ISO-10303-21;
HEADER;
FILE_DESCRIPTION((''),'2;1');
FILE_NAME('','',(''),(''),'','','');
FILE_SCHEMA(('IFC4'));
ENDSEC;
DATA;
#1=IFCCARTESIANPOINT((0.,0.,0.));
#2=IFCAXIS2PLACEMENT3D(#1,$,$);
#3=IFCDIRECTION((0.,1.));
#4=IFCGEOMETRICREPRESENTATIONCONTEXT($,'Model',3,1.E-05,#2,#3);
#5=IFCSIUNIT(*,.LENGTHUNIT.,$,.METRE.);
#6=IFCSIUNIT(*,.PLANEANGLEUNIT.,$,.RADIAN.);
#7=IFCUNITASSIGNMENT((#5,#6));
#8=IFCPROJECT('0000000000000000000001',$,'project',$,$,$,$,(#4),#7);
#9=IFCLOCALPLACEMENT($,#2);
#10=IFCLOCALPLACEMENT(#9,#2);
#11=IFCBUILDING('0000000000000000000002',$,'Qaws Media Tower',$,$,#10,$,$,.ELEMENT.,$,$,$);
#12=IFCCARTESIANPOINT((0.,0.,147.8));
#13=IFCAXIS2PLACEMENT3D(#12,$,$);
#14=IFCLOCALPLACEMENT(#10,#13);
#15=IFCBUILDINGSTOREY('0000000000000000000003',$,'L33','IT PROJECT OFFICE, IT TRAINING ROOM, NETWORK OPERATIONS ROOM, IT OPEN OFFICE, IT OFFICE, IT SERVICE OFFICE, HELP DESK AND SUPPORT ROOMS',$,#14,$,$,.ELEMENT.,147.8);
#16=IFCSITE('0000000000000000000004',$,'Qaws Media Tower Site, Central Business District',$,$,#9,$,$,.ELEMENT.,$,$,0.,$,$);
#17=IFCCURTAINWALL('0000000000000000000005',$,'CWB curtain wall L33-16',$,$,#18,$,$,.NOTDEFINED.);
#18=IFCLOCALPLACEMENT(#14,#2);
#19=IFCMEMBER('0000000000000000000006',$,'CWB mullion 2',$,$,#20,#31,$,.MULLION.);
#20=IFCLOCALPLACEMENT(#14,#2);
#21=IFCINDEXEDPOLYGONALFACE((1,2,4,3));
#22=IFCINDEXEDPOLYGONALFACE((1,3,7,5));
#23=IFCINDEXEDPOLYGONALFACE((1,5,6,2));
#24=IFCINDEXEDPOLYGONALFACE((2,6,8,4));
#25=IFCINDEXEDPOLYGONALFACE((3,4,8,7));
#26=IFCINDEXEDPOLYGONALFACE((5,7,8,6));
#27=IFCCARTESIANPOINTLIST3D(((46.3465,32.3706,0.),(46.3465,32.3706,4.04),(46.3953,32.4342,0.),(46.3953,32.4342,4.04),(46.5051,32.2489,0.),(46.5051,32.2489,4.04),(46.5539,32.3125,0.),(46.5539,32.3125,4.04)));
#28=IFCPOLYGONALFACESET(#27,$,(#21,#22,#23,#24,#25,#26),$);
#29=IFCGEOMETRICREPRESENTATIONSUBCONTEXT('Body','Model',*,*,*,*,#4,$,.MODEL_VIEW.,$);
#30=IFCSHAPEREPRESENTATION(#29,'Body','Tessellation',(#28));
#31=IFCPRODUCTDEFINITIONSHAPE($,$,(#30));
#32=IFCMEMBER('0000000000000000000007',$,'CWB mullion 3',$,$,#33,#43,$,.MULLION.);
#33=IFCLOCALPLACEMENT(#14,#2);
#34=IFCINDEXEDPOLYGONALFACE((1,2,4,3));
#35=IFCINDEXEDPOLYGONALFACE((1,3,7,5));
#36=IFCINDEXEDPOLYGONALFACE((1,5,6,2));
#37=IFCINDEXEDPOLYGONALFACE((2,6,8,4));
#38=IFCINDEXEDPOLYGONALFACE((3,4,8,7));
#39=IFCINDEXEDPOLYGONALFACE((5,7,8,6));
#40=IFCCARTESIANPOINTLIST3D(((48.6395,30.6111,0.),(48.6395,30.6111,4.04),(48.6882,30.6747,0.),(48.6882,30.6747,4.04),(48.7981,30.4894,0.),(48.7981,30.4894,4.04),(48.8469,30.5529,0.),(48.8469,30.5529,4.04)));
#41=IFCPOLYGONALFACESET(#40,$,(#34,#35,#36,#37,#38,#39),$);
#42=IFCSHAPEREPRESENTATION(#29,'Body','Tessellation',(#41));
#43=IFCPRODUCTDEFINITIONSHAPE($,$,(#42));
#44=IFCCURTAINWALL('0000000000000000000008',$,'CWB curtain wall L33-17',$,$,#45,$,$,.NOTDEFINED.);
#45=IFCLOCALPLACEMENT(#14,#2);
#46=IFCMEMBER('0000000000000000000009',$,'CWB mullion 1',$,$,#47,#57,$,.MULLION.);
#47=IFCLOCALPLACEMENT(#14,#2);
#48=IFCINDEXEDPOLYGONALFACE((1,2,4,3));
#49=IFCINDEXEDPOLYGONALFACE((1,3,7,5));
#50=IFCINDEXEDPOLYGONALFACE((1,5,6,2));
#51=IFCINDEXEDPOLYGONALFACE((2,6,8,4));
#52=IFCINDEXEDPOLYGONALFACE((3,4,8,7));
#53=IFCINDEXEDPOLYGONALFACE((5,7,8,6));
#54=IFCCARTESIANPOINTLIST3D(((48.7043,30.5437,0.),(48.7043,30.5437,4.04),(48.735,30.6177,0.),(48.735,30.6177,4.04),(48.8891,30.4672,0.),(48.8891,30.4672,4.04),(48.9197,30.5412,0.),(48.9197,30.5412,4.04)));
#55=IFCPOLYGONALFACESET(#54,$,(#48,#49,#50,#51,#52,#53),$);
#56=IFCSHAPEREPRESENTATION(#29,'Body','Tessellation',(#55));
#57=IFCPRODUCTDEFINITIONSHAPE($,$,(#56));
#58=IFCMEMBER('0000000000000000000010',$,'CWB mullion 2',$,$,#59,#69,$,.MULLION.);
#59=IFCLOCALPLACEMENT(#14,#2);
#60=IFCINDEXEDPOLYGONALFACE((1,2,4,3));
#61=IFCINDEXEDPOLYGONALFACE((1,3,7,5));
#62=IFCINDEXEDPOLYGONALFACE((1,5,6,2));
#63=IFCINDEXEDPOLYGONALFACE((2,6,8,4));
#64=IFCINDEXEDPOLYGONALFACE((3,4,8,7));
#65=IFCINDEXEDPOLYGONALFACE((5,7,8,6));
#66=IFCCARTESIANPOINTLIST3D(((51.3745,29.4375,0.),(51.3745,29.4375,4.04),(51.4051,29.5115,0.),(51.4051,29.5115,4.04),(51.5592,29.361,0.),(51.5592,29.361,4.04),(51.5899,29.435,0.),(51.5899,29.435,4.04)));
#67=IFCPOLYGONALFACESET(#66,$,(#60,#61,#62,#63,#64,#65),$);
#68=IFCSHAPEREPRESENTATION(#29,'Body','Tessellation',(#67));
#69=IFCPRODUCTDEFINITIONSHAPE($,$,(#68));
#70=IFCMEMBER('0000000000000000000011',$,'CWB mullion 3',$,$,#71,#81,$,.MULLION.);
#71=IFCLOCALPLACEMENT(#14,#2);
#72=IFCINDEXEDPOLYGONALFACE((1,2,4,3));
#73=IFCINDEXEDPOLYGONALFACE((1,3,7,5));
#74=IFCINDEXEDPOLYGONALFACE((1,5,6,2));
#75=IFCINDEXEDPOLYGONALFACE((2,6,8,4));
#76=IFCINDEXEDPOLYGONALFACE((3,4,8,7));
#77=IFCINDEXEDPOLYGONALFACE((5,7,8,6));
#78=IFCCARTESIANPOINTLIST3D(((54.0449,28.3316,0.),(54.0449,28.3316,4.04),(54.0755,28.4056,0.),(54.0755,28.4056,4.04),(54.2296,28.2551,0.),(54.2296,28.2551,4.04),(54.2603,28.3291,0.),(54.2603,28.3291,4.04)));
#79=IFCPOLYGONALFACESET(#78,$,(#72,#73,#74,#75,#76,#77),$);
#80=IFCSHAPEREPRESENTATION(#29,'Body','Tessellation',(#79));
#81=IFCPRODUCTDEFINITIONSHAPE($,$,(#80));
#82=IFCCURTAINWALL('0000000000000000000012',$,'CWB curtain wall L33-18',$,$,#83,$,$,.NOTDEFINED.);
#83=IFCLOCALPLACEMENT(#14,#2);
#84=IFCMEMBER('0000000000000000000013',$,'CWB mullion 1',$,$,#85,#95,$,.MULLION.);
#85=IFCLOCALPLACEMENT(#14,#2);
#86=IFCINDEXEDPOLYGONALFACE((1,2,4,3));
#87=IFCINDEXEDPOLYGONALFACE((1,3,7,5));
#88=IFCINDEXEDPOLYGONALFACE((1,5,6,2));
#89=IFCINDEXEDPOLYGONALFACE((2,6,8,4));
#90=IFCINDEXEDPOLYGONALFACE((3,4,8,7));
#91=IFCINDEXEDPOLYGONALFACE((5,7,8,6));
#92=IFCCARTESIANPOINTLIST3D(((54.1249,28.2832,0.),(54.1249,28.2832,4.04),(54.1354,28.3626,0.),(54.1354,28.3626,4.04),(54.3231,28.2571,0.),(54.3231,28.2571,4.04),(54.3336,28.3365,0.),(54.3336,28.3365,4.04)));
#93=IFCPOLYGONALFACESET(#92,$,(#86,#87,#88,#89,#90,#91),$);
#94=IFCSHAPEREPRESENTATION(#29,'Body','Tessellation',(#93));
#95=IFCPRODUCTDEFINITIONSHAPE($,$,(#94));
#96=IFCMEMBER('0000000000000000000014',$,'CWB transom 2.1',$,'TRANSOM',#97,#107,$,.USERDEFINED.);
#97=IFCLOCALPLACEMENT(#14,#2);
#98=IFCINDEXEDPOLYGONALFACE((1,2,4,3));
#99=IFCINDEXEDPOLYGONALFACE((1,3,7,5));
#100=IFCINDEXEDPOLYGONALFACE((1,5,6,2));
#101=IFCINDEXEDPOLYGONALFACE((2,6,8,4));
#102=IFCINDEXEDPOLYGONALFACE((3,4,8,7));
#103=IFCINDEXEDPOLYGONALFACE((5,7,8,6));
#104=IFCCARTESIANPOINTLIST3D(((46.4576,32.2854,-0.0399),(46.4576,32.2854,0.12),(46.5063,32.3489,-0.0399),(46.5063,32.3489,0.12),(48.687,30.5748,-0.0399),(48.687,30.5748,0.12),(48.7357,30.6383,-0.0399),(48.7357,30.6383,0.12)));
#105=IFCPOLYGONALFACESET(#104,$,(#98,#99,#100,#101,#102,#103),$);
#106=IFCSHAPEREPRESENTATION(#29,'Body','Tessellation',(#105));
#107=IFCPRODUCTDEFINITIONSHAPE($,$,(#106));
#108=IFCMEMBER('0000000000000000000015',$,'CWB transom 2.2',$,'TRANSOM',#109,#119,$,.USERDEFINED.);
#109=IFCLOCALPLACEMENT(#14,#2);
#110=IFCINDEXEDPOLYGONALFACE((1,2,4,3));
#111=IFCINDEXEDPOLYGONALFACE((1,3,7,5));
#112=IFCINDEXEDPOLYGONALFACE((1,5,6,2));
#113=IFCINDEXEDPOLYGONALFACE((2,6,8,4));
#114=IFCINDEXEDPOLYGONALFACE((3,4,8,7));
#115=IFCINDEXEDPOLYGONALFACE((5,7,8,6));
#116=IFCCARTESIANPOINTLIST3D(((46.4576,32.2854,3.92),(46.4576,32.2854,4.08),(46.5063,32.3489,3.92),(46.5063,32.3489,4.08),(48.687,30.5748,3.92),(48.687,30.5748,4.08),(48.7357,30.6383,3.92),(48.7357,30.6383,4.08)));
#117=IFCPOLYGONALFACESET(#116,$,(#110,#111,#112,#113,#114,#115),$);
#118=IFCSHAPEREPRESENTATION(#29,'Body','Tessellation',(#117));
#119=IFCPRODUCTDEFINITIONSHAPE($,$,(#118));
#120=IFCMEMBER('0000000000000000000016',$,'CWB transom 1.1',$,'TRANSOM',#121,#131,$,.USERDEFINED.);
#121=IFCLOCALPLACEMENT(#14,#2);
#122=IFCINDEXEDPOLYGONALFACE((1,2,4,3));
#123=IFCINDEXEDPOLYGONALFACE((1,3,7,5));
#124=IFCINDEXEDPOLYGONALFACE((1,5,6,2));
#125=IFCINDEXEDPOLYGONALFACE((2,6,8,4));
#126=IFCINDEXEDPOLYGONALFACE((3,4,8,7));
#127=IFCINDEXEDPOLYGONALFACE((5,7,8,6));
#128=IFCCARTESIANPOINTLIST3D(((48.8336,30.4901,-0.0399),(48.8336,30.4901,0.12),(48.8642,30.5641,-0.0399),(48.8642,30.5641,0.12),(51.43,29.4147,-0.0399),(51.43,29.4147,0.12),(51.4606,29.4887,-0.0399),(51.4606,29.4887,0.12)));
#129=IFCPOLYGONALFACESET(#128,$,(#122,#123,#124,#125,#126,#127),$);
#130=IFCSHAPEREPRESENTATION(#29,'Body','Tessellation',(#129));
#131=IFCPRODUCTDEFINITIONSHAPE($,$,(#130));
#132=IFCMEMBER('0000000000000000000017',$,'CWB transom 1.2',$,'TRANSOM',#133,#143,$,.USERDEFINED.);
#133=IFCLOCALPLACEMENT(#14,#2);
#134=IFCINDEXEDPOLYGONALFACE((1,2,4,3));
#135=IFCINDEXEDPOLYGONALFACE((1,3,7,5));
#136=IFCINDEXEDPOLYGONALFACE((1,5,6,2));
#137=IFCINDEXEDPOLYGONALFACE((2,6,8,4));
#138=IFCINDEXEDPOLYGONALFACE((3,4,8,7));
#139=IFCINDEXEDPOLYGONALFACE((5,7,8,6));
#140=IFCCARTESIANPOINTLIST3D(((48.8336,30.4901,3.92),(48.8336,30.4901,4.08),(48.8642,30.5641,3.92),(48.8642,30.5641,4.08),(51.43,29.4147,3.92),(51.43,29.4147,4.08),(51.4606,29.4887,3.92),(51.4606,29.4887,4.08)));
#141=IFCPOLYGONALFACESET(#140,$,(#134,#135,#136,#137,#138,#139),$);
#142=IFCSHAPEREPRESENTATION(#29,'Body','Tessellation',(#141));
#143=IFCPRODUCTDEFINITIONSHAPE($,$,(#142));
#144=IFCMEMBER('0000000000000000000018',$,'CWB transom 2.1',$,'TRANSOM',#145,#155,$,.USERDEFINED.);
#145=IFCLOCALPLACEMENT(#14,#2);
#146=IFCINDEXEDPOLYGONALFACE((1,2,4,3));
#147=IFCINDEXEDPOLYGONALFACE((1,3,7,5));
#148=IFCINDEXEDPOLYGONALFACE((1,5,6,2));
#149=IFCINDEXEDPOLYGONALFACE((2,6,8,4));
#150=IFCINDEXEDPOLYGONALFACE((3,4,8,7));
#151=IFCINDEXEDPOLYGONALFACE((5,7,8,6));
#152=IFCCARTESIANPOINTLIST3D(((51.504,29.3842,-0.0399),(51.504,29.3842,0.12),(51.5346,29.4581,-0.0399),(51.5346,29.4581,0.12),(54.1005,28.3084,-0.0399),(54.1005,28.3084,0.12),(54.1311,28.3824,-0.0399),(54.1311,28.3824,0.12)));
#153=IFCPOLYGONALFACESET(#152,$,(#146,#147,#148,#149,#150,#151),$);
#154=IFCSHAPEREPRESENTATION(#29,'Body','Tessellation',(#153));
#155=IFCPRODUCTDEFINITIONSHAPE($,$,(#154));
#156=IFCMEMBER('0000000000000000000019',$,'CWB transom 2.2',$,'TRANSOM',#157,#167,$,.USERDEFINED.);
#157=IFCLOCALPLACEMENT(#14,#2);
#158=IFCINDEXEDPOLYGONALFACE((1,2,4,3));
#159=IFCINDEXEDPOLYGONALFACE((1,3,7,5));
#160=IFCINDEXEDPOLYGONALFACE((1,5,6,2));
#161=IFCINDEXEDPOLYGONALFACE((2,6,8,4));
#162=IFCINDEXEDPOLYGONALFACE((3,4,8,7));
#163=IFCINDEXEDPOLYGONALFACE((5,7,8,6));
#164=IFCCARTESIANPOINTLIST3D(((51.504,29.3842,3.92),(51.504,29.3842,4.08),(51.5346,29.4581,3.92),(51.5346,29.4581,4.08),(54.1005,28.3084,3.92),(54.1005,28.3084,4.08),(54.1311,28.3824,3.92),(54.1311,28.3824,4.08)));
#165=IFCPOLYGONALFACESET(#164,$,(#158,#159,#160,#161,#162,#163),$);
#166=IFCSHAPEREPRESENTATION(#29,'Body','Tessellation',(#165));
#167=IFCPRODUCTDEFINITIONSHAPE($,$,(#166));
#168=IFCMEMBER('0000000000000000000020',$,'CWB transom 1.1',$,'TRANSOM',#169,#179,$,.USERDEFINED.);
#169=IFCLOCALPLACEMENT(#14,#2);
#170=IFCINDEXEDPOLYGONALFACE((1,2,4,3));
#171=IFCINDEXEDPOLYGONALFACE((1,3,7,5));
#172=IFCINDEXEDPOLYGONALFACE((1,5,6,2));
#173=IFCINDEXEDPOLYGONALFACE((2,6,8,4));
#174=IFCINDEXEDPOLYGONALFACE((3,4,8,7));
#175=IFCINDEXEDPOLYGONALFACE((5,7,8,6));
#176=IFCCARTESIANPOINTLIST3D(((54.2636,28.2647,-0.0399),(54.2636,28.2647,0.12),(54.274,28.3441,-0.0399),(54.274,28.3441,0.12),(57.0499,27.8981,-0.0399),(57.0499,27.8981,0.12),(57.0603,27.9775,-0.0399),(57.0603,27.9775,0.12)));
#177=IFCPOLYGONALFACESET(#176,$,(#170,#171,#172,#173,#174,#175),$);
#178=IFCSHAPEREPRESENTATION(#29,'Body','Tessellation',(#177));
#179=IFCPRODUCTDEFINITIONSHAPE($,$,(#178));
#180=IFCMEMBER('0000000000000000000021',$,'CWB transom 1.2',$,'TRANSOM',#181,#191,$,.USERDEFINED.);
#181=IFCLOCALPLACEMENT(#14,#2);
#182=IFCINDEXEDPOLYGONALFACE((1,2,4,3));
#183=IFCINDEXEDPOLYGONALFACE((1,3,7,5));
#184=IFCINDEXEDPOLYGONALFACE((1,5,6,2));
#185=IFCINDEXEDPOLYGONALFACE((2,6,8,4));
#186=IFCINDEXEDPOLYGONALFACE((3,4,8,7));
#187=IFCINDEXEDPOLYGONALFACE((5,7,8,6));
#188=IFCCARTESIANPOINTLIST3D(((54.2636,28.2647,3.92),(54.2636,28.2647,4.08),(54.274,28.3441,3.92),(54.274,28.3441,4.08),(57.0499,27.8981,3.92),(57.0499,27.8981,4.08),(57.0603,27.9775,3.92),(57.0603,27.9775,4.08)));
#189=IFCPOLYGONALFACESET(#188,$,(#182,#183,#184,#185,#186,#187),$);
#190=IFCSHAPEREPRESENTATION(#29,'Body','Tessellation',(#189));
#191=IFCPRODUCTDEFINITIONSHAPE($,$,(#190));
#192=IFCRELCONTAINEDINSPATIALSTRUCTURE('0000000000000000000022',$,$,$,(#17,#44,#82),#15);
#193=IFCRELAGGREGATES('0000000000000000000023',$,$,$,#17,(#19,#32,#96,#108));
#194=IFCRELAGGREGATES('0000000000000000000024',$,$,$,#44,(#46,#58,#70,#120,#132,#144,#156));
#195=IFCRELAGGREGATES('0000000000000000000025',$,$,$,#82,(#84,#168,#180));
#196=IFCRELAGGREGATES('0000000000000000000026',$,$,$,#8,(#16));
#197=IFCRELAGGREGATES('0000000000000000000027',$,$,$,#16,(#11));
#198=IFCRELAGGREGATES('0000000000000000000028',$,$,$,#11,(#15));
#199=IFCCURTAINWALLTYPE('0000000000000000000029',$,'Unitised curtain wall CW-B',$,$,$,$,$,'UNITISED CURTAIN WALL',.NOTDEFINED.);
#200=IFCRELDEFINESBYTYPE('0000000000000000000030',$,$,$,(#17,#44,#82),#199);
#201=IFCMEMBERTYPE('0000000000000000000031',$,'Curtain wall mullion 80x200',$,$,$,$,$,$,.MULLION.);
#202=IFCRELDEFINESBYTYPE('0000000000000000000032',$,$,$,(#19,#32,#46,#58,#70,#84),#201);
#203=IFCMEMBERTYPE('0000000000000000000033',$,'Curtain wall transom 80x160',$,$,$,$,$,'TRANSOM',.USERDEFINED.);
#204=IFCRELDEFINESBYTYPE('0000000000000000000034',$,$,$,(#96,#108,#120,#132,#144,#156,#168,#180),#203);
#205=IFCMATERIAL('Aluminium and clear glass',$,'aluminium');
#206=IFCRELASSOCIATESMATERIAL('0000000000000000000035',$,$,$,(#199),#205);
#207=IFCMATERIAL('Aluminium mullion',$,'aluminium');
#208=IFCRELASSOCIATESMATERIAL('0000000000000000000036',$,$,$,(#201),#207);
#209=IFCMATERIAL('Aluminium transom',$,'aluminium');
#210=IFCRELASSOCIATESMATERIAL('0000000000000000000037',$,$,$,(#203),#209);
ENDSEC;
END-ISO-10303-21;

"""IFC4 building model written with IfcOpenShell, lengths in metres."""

from ifc_helpers import new_model, si_unit, direction, frame, origin, origin_2d, place, context, subcontext, project, spatial, rectangle, extrude, material, material_profile, profile_set, type_object, element, aggregate, save


model = new_model("IFC4")

# Units and contexts
model_context = context("Model", 3, precision=1e-05, world=origin(), true_north=direction((0.0, 1.0)))
body_context = subcontext(model_context, "Body", "Model", "MODEL_VIEW")
ifc_project = project(units=[si_unit("LENGTHUNIT", "METRE"), si_unit("PLANEANGLEUNIT", "RADIAN")], contexts=[model_context])

# Site, building, storey
site_placement = place(None, origin())
site = spatial("IfcSite", under=ifc_project, at=site_placement, Name="Qaws Media Tower Site, Central Business District", CompositionType="ELEMENT", RefElevation=0.0)
building_placement = place(site_placement, origin())
building = spatial("IfcBuilding", under=site, at=building_placement, Name="Qaws Media Tower", CompositionType="ELEMENT")
storey_placement = place(building_placement, frame((0.0, 0.0, 147.8)))
storey = spatial("IfcBuildingStorey", under=building, at=storey_placement, Name="L33", Description="IT PROJECT OFFICE, IT TRAINING ROOM, NETWORK OPERATIONS ROOM, IT OPEN OFFICE, IT OFFICE, IT SERVICE OFFICE, HELP DESK AND SUPPORT ROOMS", CompositionType="ELEMENT", Elevation=147.8)

# Curtain walls, members
ifc_material_1 = material(Name="Aluminium and clear glass", Category="aluminium")
curtain_wall_type = type_object("IfcCurtainWallType", Name="Unitised curtain wall CW-B", ElementType="UNITISED CURTAIN WALL", PredefinedType="NOTDEFINED", material=ifc_material_1)
curtain_wall_1_placement = place(storey_placement, origin())
curtain_wall_1 = element("IfcCurtainWall", 1, at=curtain_wall_1_placement, inside=storey, type_object=curtain_wall_type, Name="CWB curtain wall L33-16", PredefinedType="NOTDEFINED")
ifc_material_2 = material(Name="Aluminium mullion", Category="aluminium")
ifc_material_profile_1 = material_profile(ifc_material_2, rectangle(XDim=0.0801, YDim=0.2, at=origin_2d()), Name="80x200")
ifc_profile_set_1 = profile_set([ifc_material_profile_1], Name="Aluminium mullion")
member_type_1 = type_object("IfcMemberType", Name="Curtain wall mullion 80x200", PredefinedType="MULLION", material=ifc_profile_set_1)
member_1_placement = place(storey_placement, frame((46.4502, 32.3416, 0.0), z_axis=(0.0, 0.0, 1.0), x_axis=(0.608761, 0.793353, 0.0)))
member_1 = element("IfcMember", 2, at=member_1_placement, type_object=member_type_1, Name="CWB mullion 2", PredefinedType="MULLION", context=body_context, shape_type="SweptSolid", body=[
    extrude(rectangle(XDim=0.0801, YDim=0.2, at=origin_2d()), origin(), (0.0, 0.0, 1.0), 4.04),
])
member_2_placement = place(storey_placement, frame((48.7432, 30.582, 0.0), z_axis=(0.0, 0.0, 1.0), x_axis=(0.608761, 0.793353, 0.0)))
member_2 = element("IfcMember", 3, at=member_2_placement, type_object=member_type_1, Name="CWB mullion 3", PredefinedType="MULLION", context=body_context, shape_type="SweptSolid", body=[
    extrude(rectangle(XDim=0.0801, YDim=0.2, at=origin_2d()), origin(), (0.0, 0.0, 1.0), 4.04),
])
curtain_wall_2_placement = place(storey_placement, origin())
curtain_wall_2 = element("IfcCurtainWall", 4, at=curtain_wall_2_placement, inside=storey, type_object=curtain_wall_type, Name="CWB curtain wall L33-17", PredefinedType="NOTDEFINED")
member_3_placement = place(storey_placement, frame((48.812, 30.5425, 0.0), z_axis=(0.0, 0.0, 1.0), x_axis=(0.382684, 0.923879, 0.0)))
member_3 = element("IfcMember", 5, at=member_3_placement, type_object=member_type_1, Name="CWB mullion 1", PredefinedType="MULLION", context=body_context, shape_type="SweptSolid", body=[
    extrude(rectangle(XDim=0.0801, YDim=0.2, at=origin_2d()), origin(), (0.0, 0.0, 1.0), 4.04),
])
member_4_placement = place(storey_placement, frame((51.4822, 29.4363, 0.0), z_axis=(0.0, 0.0, 1.0), x_axis=(0.382684, 0.923879, 0.0)))
member_4 = element("IfcMember", 6, at=member_4_placement, type_object=member_type_1, Name="CWB mullion 2", PredefinedType="MULLION", context=body_context, shape_type="SweptSolid", body=[
    extrude(rectangle(XDim=0.0801, YDim=0.2, at=origin_2d()), origin(), (0.0, 0.0, 1.0), 4.04),
])
member_5_placement = place(storey_placement, frame((54.1526, 28.3303, 0.0), z_axis=(0.0, 0.0, 1.0), x_axis=(0.382684, 0.923879, 0.0)))
member_5 = element("IfcMember", 7, at=member_5_placement, type_object=member_type_1, Name="CWB mullion 3", PredefinedType="MULLION", context=body_context, shape_type="SweptSolid", body=[
    extrude(rectangle(XDim=0.0801, YDim=0.2, at=origin_2d()), origin(), (0.0, 0.0, 1.0), 4.04),
])

# Curtain wall, member
curtain_wall_3_placement = place(storey_placement, origin())
curtain_wall_3 = element("IfcCurtainWall", 8, at=curtain_wall_3_placement, inside=storey, type_object=curtain_wall_type, Name="CWB curtain wall L33-18", PredefinedType="NOTDEFINED")
member_6_placement = place(storey_placement, frame((54.2292, 28.3098, 0.0), z_axis=(0.0, 0.0, 1.0), x_axis=(0.130526, 0.991445, 0.0)))
member_6 = element("IfcMember", 9, at=member_6_placement, type_object=member_type_1, Name="CWB mullion 1", PredefinedType="MULLION", context=body_context, shape_type="SweptSolid", body=[
    extrude(rectangle(XDim=0.0801, YDim=0.2, at=origin_2d()), origin(), (0.0, 0.0, 1.0), 4.04),
])

# Members
ifc_material_3 = material(Name="Aluminium transom", Category="aluminium")
ifc_material_profile_2 = material_profile(ifc_material_3, rectangle(XDim=0.0801, YDim=0.1599, at=origin_2d()), Name="80x160")
ifc_profile_set_2 = profile_set([ifc_material_profile_2], Name="Aluminium transom")
member_type_2 = type_object("IfcMemberType", Name="Curtain wall transom 80x160", ElementType="TRANSOM", PredefinedType="USERDEFINED", material=ifc_profile_set_2)
member_7_placement = place(storey_placement, frame((46.4819, 32.3171, 0.04), z_axis=(0.793363, -0.608749, 0.0), x_axis=(0.608749, 0.793363, 0.0)))
member_7 = element("IfcMember", 10, at=member_7_placement, type_object=member_type_2, Name="CWB transom 2.1", ObjectType="TRANSOM", PredefinedType="USERDEFINED", context=body_context, shape_type="SweptSolid", body=[
    extrude(rectangle(XDim=0.0801, YDim=0.1599, at=origin_2d()), origin(), (0.0, 0.0, 1.0), 2.8101),
])
member_8_placement = place(storey_placement, frame((46.4819, 32.3171, 4.0), z_axis=(0.793363, -0.608749, 0.0), x_axis=(0.608749, 0.793363, 0.0)))
member_8 = element("IfcMember", 11, at=member_8_placement, type_object=member_type_2, Name="CWB transom 2.2", ObjectType="TRANSOM", PredefinedType="USERDEFINED", context=body_context, shape_type="SweptSolid", body=[
    extrude(rectangle(XDim=0.0801, YDim=0.1599, at=origin_2d()), origin(), (0.0, 0.0, 1.0), 2.8101),
])
member_9_placement = place(storey_placement, frame((48.8489, 30.5271, 0.04), z_axis=(0.923884, -0.382671, 0.0), x_axis=(0.382671, 0.923884, 0.0)))
member_9 = element("IfcMember", 12, at=member_9_placement, type_object=member_type_2, Name="CWB transom 1.1", ObjectType="TRANSOM", PredefinedType="USERDEFINED", context=body_context, shape_type="SweptSolid", body=[
    extrude(rectangle(XDim=0.0801, YDim=0.1599, at=origin_2d()), origin(), (0.0, 0.0, 1.0), 2.8103),
])
member_10_placement = place(storey_placement, frame((48.8489, 30.5271, 4.0), z_axis=(0.923884, -0.382671, 0.0), x_axis=(0.382671, 0.923884, 0.0)))
member_10 = element("IfcMember", 13, at=member_10_placement, type_object=member_type_2, Name="CWB transom 1.2", ObjectType="TRANSOM", PredefinedType="USERDEFINED", context=body_context, shape_type="SweptSolid", body=[
    extrude(rectangle(XDim=0.0801, YDim=0.1599, at=origin_2d()), origin(), (0.0, 0.0, 1.0), 2.8103),
])
member_11_placement = place(storey_placement, frame((51.5193, 29.4211, 0.04), z_axis=(0.923854, -0.382746, 0.0), x_axis=(0.382746, 0.923854, 0.0)))
member_11 = element("IfcMember", 14, at=member_11_placement, type_object=member_type_2, Name="CWB transom 2.1", ObjectType="TRANSOM", PredefinedType="USERDEFINED", context=body_context, shape_type="SweptSolid", body=[
    extrude(rectangle(XDim=0.0801, YDim=0.1599, at=origin_2d()), origin(), (0.0, 0.0, 1.0), 2.8105),
])
member_12_placement = place(storey_placement, frame((51.5193, 29.4211, 4.0), z_axis=(0.923854, -0.382746, 0.0), x_axis=(0.382746, 0.923854, 0.0)))
member_12 = element("IfcMember", 15, at=member_12_placement, type_object=member_type_2, Name="CWB transom 2.2", ObjectType="TRANSOM", PredefinedType="USERDEFINED", context=body_context, shape_type="SweptSolid", body=[
    extrude(rectangle(XDim=0.0801, YDim=0.1599, at=origin_2d()), origin(), (0.0, 0.0, 1.0), 2.8105),
])
member_13_placement = place(storey_placement, frame((54.2688, 28.3044, 0.04), z_axis=(0.991451, -0.130479, 0.0), x_axis=(0.130479, 0.991451, 0.0)))
member_13 = element("IfcMember", 16, at=member_13_placement, type_object=member_type_2, Name="CWB transom 1.1", ObjectType="TRANSOM", PredefinedType="USERDEFINED", context=body_context, shape_type="SweptSolid", body=[
    extrude(rectangle(XDim=0.0801, YDim=0.1599, at=origin_2d()), origin(), (0.0, 0.0, 1.0), 2.8103),
])
member_14_placement = place(storey_placement, frame((54.2688, 28.3044, 4.0), z_axis=(0.991451, -0.130479, 0.0), x_axis=(0.130479, 0.991451, 0.0)))
member_14 = element("IfcMember", 17, at=member_14_placement, type_object=member_type_2, Name="CWB transom 1.2", ObjectType="TRANSOM", PredefinedType="USERDEFINED", context=body_context, shape_type="SweptSolid", body=[
    extrude(rectangle(XDim=0.0801, YDim=0.1599, at=origin_2d()), origin(), (0.0, 0.0, 1.0), 2.8103),
])

aggregate(curtain_wall_1, [member_1, member_2, member_7, member_8])
aggregate(curtain_wall_2, [member_3, member_4, member_5, member_9, member_10, member_11, member_12])
aggregate(curtain_wall_3, [member_6, member_13, member_14])

save(model, "model.ifc")
